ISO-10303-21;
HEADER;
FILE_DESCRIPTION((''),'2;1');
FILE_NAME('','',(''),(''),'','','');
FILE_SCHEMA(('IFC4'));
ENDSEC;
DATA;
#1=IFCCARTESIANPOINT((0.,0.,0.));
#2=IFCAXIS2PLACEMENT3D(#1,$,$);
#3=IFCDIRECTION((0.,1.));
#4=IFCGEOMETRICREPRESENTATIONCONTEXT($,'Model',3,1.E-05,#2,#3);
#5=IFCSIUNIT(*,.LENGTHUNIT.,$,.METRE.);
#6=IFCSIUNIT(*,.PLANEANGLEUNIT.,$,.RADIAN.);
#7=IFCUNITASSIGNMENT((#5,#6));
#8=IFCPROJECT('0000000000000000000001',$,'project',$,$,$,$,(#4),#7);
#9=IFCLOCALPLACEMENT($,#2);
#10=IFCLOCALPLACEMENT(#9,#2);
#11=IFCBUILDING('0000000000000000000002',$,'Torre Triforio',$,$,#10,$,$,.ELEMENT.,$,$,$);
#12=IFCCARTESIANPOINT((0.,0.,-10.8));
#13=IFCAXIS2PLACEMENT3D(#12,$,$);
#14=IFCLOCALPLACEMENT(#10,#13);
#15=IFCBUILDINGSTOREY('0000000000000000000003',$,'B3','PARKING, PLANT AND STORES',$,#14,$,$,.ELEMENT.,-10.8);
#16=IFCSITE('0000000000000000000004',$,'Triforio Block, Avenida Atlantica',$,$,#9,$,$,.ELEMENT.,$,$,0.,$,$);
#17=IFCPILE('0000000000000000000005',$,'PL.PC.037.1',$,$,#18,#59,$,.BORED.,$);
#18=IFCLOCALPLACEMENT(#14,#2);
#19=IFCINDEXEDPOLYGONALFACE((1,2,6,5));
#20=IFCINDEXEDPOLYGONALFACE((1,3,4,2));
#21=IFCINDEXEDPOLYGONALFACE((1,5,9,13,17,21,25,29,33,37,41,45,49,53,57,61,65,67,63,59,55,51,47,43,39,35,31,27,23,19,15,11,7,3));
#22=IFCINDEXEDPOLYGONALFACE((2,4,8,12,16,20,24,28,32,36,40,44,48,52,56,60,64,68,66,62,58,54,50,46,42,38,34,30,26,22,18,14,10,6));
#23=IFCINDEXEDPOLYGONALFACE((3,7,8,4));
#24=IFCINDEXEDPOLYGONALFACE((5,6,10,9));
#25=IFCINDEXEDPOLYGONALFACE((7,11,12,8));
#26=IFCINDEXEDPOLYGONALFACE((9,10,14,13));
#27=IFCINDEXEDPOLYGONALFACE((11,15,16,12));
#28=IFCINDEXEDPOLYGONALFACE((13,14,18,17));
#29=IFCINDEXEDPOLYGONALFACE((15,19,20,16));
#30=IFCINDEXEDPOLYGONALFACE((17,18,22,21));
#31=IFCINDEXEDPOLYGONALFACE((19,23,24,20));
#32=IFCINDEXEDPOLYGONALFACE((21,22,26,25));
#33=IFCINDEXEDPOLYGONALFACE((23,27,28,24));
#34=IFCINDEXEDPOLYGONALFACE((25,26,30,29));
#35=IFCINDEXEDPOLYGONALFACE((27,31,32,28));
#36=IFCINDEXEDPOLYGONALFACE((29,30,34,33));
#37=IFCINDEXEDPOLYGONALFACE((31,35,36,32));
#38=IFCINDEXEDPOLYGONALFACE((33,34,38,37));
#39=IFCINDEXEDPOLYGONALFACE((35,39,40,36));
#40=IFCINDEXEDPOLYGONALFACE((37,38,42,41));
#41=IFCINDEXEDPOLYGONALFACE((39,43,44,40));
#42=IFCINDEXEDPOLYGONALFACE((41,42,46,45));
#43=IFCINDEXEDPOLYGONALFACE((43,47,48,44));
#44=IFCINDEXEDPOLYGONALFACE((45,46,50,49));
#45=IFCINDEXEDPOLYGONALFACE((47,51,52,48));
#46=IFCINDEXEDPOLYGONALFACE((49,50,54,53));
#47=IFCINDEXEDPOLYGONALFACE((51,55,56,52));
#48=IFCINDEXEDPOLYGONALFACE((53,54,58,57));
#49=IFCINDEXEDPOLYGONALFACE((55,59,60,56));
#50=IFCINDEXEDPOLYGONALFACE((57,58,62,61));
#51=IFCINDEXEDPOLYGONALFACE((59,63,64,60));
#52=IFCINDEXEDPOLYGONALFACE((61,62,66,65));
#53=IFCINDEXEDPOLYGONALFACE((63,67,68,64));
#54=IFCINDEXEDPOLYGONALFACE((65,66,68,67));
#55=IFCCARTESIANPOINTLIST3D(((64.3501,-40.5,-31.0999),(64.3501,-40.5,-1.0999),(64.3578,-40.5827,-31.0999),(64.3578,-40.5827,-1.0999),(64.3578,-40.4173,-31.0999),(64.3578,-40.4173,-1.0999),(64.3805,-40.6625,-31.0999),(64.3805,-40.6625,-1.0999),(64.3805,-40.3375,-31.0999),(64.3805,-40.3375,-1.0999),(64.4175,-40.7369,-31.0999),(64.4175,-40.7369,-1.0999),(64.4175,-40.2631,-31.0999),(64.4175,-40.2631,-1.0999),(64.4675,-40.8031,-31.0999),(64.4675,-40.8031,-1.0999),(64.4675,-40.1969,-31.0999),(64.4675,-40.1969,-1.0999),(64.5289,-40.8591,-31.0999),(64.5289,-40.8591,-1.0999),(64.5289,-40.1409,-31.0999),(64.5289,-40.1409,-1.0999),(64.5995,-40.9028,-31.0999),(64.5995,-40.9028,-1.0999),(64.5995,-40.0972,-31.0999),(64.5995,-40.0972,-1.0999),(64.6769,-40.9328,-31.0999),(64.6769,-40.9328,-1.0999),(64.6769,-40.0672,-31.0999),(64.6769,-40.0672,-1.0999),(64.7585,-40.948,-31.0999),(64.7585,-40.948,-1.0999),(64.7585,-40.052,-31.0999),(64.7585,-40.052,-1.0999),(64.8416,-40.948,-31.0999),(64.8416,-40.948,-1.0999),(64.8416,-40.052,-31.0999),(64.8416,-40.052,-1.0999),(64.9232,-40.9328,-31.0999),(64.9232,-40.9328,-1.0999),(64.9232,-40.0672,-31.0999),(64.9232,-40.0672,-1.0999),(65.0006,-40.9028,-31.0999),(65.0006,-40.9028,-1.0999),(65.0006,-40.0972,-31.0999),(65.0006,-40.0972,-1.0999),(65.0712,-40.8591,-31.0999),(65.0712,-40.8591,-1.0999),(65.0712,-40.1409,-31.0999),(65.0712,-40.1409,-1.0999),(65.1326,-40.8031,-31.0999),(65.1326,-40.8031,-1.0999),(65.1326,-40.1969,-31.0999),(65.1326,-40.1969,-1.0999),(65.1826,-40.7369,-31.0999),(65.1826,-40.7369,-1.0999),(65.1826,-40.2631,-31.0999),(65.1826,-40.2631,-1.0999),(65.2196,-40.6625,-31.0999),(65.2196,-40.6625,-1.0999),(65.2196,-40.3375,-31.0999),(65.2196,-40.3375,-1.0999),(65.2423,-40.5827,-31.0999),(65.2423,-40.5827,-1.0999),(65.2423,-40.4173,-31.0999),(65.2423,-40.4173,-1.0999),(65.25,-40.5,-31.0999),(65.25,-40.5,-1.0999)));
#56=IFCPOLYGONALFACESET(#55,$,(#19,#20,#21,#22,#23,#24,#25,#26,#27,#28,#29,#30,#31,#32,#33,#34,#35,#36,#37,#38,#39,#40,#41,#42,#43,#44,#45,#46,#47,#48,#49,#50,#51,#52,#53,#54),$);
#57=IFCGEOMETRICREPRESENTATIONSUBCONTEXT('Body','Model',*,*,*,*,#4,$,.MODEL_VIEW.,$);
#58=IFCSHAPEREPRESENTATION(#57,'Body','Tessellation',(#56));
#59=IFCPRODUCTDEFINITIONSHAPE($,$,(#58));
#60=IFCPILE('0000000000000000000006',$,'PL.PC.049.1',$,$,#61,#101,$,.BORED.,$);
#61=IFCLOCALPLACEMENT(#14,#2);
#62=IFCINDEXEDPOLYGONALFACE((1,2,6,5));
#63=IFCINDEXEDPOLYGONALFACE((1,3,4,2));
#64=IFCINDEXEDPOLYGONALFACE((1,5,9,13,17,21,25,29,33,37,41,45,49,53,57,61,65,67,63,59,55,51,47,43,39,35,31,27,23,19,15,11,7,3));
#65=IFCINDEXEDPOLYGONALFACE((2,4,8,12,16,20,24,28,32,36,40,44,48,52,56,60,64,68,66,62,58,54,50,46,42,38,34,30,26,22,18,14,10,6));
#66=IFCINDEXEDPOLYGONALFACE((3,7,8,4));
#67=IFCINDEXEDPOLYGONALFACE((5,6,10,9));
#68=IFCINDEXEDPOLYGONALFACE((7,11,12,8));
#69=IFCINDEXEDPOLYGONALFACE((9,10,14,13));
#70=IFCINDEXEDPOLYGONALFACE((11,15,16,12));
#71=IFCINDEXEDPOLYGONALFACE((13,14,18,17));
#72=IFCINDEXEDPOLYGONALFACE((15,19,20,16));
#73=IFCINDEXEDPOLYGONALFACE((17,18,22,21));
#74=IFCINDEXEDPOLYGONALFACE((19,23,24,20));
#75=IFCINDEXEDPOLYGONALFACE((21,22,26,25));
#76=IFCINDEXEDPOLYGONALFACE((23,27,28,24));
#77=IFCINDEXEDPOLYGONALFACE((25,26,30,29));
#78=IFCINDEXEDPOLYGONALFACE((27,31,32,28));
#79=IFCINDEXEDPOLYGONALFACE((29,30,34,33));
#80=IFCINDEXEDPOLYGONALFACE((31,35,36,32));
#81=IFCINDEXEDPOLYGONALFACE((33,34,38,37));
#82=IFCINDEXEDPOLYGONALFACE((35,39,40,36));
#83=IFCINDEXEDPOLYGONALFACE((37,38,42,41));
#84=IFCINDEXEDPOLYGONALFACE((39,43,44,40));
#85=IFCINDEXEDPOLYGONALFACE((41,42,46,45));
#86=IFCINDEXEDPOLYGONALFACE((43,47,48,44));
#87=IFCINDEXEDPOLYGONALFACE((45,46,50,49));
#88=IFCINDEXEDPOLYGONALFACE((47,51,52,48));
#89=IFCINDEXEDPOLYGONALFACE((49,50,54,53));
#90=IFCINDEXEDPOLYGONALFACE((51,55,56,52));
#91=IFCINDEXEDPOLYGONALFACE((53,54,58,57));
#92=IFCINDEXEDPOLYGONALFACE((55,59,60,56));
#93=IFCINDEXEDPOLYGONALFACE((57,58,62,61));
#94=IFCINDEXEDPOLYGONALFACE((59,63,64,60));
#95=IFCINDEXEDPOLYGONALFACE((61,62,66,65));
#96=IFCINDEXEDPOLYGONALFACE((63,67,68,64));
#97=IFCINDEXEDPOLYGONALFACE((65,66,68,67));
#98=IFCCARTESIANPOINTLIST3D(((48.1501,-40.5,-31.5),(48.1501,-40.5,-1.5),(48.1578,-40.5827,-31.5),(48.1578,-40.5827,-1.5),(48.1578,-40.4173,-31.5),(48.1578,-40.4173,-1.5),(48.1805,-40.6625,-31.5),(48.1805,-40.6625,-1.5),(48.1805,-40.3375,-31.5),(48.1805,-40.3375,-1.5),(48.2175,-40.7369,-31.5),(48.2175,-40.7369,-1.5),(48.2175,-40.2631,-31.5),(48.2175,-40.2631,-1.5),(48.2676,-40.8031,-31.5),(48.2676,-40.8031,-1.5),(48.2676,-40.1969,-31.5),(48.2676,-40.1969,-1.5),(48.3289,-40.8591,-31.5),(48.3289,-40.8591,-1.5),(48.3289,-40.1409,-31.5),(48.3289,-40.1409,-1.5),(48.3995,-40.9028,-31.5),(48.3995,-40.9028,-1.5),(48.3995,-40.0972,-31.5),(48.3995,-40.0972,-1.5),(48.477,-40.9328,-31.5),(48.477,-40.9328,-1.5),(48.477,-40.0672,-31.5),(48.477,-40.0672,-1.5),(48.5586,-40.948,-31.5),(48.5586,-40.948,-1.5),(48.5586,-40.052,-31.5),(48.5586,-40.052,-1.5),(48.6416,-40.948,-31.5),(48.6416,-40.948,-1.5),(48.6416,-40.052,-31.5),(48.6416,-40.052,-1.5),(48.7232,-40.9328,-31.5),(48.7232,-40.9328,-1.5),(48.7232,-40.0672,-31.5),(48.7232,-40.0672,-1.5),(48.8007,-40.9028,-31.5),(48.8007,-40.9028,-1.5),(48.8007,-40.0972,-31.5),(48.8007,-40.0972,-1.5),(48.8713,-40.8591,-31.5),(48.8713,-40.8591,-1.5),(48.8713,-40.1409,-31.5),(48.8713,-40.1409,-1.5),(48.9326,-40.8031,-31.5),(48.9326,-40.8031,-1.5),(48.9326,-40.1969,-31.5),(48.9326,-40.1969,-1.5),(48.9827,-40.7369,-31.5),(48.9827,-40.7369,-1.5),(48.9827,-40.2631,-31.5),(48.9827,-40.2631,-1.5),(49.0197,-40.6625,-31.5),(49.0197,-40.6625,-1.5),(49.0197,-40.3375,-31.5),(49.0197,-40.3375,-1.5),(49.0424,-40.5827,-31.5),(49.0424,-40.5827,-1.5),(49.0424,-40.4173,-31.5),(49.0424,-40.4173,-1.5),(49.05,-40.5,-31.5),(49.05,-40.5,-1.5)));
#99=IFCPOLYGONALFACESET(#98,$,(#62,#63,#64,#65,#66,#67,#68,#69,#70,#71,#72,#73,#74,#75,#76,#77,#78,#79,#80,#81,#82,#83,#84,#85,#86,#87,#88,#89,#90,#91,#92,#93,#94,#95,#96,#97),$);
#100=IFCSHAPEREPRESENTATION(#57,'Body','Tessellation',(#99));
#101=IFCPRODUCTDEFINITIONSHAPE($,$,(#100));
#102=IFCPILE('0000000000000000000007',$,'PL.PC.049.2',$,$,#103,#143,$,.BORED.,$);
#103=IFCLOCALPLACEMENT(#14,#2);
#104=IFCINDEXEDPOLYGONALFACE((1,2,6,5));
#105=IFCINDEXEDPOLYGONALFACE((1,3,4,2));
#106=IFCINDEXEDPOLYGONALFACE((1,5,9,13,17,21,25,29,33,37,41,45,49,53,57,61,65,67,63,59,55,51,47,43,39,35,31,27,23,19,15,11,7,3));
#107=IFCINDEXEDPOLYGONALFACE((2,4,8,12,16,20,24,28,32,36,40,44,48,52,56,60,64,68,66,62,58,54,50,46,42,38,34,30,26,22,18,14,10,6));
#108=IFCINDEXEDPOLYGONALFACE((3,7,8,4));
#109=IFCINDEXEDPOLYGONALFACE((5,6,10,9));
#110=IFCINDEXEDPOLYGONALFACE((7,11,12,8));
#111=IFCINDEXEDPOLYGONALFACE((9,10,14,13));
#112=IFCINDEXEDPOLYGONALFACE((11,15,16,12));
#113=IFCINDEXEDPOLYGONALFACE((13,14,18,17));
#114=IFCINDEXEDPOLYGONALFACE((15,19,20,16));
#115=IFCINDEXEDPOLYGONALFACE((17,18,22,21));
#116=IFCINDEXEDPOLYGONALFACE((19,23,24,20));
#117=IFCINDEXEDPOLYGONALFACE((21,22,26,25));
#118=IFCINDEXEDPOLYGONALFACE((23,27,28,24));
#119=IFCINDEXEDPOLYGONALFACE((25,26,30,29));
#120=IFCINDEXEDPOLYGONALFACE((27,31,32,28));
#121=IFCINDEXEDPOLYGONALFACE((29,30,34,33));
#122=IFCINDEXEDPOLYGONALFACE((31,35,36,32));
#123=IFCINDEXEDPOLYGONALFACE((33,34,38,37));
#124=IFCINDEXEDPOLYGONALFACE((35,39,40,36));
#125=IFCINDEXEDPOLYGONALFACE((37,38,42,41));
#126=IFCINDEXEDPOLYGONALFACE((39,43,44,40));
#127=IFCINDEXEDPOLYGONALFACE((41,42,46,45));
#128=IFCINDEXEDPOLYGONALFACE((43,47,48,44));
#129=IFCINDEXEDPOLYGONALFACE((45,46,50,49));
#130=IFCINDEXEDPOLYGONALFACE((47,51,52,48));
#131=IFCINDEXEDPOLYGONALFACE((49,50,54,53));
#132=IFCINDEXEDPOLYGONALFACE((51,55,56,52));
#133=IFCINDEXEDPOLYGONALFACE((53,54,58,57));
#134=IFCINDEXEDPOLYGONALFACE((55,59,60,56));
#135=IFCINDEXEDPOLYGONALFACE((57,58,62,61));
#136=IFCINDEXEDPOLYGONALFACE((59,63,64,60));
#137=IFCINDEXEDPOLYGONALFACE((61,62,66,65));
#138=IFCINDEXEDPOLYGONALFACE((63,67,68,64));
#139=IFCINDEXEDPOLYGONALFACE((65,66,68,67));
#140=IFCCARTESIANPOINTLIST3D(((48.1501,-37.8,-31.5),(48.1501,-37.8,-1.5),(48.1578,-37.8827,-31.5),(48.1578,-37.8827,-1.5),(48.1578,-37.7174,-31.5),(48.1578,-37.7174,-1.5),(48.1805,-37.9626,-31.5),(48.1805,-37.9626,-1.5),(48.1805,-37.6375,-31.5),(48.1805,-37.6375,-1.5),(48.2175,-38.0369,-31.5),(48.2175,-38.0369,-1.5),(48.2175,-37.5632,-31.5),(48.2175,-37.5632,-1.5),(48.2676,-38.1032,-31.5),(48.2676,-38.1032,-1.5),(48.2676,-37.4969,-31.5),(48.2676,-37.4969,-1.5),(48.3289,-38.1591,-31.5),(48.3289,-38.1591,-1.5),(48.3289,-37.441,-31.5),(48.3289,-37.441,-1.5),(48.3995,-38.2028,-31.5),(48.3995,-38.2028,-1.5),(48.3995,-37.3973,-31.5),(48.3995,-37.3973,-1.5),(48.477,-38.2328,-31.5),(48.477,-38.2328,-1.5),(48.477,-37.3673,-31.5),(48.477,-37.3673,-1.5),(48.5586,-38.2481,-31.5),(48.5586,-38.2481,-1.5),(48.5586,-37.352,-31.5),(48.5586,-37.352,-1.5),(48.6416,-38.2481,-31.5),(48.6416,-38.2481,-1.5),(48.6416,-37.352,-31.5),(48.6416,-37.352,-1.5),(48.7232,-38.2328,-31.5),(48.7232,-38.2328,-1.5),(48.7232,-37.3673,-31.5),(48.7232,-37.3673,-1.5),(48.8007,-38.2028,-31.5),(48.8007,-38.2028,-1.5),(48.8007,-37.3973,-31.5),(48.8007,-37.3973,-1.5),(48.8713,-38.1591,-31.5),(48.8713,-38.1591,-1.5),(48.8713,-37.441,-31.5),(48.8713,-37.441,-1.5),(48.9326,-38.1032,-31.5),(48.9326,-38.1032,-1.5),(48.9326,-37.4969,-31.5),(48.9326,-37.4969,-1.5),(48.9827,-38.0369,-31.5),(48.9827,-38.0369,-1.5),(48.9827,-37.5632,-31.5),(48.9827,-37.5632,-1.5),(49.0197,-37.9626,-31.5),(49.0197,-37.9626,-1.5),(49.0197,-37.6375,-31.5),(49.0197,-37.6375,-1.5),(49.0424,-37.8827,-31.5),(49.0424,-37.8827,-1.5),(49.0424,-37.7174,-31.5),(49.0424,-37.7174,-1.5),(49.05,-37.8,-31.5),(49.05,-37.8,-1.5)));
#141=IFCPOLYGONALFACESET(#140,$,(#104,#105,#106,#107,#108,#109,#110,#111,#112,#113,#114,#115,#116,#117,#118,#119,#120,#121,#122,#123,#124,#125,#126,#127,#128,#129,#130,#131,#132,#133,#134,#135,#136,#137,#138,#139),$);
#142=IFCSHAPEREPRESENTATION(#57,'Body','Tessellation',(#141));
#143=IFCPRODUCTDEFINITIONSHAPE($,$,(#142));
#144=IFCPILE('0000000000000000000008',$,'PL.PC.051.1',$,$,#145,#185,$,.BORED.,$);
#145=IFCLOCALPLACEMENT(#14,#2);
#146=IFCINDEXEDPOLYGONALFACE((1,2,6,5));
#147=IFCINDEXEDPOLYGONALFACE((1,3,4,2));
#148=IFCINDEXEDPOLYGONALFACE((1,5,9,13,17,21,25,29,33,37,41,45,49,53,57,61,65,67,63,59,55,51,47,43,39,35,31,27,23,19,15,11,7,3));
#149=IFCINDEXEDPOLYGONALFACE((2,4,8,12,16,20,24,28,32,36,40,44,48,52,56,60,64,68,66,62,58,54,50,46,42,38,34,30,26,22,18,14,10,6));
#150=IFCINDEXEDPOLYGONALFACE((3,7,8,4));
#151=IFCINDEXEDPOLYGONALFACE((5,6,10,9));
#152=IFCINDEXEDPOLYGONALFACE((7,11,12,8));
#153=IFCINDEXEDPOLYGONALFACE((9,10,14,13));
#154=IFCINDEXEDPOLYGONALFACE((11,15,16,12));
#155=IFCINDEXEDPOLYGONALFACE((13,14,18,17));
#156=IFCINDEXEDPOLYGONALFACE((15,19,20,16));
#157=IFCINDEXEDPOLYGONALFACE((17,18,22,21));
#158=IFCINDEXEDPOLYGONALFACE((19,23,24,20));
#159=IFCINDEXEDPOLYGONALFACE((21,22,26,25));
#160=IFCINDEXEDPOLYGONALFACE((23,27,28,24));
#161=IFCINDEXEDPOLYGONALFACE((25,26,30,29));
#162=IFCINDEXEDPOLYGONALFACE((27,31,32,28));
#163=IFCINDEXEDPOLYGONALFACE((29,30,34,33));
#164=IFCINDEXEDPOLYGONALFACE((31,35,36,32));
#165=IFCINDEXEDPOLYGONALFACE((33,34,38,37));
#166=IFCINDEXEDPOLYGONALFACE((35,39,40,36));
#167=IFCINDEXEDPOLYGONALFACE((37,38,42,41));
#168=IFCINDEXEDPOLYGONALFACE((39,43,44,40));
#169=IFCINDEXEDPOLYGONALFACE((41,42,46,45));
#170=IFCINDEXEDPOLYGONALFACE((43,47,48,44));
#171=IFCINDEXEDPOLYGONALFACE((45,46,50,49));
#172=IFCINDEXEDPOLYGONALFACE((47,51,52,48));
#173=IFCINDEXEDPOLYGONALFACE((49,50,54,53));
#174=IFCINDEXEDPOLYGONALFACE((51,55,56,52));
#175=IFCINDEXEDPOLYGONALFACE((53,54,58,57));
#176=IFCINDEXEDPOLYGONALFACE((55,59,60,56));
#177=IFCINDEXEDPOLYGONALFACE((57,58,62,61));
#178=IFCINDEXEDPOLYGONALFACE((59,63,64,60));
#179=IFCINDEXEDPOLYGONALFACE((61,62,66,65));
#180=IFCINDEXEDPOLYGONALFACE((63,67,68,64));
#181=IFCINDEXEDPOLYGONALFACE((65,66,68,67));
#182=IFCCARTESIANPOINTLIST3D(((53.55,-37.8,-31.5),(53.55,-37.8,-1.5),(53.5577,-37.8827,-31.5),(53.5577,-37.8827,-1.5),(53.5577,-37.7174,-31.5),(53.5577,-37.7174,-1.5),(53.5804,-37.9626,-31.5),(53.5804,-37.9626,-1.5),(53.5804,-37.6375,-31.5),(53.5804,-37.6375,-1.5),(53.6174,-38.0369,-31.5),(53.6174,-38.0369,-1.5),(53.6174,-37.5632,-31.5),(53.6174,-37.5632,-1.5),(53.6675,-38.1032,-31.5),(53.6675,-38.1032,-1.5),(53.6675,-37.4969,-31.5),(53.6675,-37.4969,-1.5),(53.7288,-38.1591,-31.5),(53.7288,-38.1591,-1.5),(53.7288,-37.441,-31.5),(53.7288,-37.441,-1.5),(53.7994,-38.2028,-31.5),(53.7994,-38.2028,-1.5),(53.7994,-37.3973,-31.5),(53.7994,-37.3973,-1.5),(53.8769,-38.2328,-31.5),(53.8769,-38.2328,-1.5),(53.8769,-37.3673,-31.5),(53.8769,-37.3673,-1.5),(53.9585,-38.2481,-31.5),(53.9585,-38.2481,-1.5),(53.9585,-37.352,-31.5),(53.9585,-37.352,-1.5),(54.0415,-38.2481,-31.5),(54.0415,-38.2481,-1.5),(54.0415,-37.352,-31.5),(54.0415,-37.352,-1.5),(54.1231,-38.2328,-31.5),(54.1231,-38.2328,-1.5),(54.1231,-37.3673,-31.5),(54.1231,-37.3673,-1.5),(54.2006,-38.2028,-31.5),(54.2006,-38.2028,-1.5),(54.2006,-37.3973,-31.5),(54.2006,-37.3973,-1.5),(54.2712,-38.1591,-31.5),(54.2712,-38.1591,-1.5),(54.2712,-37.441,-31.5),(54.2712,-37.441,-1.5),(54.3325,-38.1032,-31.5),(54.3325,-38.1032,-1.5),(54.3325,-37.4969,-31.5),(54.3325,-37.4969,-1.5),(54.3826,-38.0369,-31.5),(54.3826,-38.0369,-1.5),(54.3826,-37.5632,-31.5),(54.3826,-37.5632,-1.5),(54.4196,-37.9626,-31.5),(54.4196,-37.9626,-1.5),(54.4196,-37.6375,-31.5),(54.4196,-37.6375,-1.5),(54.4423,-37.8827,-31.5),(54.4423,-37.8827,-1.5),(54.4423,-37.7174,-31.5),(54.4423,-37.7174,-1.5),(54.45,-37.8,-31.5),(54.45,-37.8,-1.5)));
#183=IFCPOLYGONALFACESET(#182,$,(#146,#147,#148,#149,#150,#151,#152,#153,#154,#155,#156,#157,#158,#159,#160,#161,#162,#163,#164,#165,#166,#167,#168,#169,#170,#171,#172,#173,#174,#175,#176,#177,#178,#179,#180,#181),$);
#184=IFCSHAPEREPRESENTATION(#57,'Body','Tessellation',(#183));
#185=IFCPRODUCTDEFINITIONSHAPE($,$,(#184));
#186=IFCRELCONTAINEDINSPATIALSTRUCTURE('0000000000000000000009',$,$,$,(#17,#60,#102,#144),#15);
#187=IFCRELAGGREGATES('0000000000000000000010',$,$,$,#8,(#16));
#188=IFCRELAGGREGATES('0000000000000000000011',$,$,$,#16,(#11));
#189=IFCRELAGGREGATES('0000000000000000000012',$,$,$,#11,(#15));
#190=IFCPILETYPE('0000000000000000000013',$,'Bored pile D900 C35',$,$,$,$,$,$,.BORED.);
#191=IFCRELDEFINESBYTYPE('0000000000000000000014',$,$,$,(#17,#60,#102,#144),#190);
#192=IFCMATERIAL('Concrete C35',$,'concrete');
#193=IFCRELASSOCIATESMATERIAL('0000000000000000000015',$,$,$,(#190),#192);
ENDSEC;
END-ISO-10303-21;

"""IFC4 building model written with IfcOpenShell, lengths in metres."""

from ifc_helpers import new_model, si_unit, direction, frame, origin, origin_2d, place, context, subcontext, project, spatial, circle, extrude, material, material_profile, profile_set, type_object, element, save


model = new_model("IFC4")

# Units and contexts
model_context = context("Model", 3, precision=1e-05, world=origin(), true_north=direction((0.0, 1.0)))
body_context = subcontext(model_context, "Body", "Model", "MODEL_VIEW")
ifc_project = project(units=[si_unit("LENGTHUNIT", "METRE"), si_unit("PLANEANGLEUNIT", "RADIAN")], contexts=[model_context])

# Site, building, storey
site_placement = place(None, origin())
site = spatial("IfcSite", under=ifc_project, at=site_placement, Name="Triforio Block, Avenida Atlantica", CompositionType="ELEMENT", RefElevation=0.0)
building_placement = place(site_placement, origin())
building = spatial("IfcBuilding", under=site, at=building_placement, Name="Torre Triforio", CompositionType="ELEMENT")
storey_placement = place(building_placement, frame((0.0, 0.0, -10.8)))
storey = spatial("IfcBuildingStorey", under=building, at=storey_placement, Name="B3", Description="PARKING, PLANT AND STORES", CompositionType="ELEMENT", Elevation=-10.8)

# Piles
ifc_material_1 = material(Name="Concrete C35", Category="concrete")
ifc_material_profile_1 = material_profile(ifc_material_1, circle(Radius=0.45, at=origin_2d()), Name="RC D900")
ifc_profile_set_1 = profile_set([ifc_material_profile_1], Name="Concrete C35")
pile_type = type_object("IfcPileType", Name="Bored pile D900 C35", PredefinedType="BORED", material=ifc_profile_set_1)
for number, where, z_axis, x_axis, name in (
    (1, (64.8, -40.5, -1.0999), (0.0, 0.0, -1.0), (1.0, 0.0, 0.0), "PL.PC.037.1"),
    (2, (48.6001, -40.5, -1.5), (0.0, 0.0, -1.0), (1.0, 0.0, 0.0), "PL.PC.049.1"),
    (3, (48.6001, -37.8, -1.5), (0.0, 0.0, -1.0), (1.0, 0.0, 0.0), "PL.PC.049.2"),
    (4, (54.0, -37.8, -1.5), (0.0, 0.0, -1.0), (1.0, 0.0, 0.0), "PL.PC.051.1"),
):
    element("IfcPile", number, at=place(storey_placement, frame(where, z_axis=z_axis, x_axis=x_axis)), inside=storey, type_object=pile_type, Name=name, PredefinedType="BORED", context=body_context, shape_type="SweptSolid", body=[
        extrude(circle(Radius=0.45, at=origin_2d()), origin(), (0.0, 0.0, 1.0), 30.0),
    ])

save(model, "model.ifc")
